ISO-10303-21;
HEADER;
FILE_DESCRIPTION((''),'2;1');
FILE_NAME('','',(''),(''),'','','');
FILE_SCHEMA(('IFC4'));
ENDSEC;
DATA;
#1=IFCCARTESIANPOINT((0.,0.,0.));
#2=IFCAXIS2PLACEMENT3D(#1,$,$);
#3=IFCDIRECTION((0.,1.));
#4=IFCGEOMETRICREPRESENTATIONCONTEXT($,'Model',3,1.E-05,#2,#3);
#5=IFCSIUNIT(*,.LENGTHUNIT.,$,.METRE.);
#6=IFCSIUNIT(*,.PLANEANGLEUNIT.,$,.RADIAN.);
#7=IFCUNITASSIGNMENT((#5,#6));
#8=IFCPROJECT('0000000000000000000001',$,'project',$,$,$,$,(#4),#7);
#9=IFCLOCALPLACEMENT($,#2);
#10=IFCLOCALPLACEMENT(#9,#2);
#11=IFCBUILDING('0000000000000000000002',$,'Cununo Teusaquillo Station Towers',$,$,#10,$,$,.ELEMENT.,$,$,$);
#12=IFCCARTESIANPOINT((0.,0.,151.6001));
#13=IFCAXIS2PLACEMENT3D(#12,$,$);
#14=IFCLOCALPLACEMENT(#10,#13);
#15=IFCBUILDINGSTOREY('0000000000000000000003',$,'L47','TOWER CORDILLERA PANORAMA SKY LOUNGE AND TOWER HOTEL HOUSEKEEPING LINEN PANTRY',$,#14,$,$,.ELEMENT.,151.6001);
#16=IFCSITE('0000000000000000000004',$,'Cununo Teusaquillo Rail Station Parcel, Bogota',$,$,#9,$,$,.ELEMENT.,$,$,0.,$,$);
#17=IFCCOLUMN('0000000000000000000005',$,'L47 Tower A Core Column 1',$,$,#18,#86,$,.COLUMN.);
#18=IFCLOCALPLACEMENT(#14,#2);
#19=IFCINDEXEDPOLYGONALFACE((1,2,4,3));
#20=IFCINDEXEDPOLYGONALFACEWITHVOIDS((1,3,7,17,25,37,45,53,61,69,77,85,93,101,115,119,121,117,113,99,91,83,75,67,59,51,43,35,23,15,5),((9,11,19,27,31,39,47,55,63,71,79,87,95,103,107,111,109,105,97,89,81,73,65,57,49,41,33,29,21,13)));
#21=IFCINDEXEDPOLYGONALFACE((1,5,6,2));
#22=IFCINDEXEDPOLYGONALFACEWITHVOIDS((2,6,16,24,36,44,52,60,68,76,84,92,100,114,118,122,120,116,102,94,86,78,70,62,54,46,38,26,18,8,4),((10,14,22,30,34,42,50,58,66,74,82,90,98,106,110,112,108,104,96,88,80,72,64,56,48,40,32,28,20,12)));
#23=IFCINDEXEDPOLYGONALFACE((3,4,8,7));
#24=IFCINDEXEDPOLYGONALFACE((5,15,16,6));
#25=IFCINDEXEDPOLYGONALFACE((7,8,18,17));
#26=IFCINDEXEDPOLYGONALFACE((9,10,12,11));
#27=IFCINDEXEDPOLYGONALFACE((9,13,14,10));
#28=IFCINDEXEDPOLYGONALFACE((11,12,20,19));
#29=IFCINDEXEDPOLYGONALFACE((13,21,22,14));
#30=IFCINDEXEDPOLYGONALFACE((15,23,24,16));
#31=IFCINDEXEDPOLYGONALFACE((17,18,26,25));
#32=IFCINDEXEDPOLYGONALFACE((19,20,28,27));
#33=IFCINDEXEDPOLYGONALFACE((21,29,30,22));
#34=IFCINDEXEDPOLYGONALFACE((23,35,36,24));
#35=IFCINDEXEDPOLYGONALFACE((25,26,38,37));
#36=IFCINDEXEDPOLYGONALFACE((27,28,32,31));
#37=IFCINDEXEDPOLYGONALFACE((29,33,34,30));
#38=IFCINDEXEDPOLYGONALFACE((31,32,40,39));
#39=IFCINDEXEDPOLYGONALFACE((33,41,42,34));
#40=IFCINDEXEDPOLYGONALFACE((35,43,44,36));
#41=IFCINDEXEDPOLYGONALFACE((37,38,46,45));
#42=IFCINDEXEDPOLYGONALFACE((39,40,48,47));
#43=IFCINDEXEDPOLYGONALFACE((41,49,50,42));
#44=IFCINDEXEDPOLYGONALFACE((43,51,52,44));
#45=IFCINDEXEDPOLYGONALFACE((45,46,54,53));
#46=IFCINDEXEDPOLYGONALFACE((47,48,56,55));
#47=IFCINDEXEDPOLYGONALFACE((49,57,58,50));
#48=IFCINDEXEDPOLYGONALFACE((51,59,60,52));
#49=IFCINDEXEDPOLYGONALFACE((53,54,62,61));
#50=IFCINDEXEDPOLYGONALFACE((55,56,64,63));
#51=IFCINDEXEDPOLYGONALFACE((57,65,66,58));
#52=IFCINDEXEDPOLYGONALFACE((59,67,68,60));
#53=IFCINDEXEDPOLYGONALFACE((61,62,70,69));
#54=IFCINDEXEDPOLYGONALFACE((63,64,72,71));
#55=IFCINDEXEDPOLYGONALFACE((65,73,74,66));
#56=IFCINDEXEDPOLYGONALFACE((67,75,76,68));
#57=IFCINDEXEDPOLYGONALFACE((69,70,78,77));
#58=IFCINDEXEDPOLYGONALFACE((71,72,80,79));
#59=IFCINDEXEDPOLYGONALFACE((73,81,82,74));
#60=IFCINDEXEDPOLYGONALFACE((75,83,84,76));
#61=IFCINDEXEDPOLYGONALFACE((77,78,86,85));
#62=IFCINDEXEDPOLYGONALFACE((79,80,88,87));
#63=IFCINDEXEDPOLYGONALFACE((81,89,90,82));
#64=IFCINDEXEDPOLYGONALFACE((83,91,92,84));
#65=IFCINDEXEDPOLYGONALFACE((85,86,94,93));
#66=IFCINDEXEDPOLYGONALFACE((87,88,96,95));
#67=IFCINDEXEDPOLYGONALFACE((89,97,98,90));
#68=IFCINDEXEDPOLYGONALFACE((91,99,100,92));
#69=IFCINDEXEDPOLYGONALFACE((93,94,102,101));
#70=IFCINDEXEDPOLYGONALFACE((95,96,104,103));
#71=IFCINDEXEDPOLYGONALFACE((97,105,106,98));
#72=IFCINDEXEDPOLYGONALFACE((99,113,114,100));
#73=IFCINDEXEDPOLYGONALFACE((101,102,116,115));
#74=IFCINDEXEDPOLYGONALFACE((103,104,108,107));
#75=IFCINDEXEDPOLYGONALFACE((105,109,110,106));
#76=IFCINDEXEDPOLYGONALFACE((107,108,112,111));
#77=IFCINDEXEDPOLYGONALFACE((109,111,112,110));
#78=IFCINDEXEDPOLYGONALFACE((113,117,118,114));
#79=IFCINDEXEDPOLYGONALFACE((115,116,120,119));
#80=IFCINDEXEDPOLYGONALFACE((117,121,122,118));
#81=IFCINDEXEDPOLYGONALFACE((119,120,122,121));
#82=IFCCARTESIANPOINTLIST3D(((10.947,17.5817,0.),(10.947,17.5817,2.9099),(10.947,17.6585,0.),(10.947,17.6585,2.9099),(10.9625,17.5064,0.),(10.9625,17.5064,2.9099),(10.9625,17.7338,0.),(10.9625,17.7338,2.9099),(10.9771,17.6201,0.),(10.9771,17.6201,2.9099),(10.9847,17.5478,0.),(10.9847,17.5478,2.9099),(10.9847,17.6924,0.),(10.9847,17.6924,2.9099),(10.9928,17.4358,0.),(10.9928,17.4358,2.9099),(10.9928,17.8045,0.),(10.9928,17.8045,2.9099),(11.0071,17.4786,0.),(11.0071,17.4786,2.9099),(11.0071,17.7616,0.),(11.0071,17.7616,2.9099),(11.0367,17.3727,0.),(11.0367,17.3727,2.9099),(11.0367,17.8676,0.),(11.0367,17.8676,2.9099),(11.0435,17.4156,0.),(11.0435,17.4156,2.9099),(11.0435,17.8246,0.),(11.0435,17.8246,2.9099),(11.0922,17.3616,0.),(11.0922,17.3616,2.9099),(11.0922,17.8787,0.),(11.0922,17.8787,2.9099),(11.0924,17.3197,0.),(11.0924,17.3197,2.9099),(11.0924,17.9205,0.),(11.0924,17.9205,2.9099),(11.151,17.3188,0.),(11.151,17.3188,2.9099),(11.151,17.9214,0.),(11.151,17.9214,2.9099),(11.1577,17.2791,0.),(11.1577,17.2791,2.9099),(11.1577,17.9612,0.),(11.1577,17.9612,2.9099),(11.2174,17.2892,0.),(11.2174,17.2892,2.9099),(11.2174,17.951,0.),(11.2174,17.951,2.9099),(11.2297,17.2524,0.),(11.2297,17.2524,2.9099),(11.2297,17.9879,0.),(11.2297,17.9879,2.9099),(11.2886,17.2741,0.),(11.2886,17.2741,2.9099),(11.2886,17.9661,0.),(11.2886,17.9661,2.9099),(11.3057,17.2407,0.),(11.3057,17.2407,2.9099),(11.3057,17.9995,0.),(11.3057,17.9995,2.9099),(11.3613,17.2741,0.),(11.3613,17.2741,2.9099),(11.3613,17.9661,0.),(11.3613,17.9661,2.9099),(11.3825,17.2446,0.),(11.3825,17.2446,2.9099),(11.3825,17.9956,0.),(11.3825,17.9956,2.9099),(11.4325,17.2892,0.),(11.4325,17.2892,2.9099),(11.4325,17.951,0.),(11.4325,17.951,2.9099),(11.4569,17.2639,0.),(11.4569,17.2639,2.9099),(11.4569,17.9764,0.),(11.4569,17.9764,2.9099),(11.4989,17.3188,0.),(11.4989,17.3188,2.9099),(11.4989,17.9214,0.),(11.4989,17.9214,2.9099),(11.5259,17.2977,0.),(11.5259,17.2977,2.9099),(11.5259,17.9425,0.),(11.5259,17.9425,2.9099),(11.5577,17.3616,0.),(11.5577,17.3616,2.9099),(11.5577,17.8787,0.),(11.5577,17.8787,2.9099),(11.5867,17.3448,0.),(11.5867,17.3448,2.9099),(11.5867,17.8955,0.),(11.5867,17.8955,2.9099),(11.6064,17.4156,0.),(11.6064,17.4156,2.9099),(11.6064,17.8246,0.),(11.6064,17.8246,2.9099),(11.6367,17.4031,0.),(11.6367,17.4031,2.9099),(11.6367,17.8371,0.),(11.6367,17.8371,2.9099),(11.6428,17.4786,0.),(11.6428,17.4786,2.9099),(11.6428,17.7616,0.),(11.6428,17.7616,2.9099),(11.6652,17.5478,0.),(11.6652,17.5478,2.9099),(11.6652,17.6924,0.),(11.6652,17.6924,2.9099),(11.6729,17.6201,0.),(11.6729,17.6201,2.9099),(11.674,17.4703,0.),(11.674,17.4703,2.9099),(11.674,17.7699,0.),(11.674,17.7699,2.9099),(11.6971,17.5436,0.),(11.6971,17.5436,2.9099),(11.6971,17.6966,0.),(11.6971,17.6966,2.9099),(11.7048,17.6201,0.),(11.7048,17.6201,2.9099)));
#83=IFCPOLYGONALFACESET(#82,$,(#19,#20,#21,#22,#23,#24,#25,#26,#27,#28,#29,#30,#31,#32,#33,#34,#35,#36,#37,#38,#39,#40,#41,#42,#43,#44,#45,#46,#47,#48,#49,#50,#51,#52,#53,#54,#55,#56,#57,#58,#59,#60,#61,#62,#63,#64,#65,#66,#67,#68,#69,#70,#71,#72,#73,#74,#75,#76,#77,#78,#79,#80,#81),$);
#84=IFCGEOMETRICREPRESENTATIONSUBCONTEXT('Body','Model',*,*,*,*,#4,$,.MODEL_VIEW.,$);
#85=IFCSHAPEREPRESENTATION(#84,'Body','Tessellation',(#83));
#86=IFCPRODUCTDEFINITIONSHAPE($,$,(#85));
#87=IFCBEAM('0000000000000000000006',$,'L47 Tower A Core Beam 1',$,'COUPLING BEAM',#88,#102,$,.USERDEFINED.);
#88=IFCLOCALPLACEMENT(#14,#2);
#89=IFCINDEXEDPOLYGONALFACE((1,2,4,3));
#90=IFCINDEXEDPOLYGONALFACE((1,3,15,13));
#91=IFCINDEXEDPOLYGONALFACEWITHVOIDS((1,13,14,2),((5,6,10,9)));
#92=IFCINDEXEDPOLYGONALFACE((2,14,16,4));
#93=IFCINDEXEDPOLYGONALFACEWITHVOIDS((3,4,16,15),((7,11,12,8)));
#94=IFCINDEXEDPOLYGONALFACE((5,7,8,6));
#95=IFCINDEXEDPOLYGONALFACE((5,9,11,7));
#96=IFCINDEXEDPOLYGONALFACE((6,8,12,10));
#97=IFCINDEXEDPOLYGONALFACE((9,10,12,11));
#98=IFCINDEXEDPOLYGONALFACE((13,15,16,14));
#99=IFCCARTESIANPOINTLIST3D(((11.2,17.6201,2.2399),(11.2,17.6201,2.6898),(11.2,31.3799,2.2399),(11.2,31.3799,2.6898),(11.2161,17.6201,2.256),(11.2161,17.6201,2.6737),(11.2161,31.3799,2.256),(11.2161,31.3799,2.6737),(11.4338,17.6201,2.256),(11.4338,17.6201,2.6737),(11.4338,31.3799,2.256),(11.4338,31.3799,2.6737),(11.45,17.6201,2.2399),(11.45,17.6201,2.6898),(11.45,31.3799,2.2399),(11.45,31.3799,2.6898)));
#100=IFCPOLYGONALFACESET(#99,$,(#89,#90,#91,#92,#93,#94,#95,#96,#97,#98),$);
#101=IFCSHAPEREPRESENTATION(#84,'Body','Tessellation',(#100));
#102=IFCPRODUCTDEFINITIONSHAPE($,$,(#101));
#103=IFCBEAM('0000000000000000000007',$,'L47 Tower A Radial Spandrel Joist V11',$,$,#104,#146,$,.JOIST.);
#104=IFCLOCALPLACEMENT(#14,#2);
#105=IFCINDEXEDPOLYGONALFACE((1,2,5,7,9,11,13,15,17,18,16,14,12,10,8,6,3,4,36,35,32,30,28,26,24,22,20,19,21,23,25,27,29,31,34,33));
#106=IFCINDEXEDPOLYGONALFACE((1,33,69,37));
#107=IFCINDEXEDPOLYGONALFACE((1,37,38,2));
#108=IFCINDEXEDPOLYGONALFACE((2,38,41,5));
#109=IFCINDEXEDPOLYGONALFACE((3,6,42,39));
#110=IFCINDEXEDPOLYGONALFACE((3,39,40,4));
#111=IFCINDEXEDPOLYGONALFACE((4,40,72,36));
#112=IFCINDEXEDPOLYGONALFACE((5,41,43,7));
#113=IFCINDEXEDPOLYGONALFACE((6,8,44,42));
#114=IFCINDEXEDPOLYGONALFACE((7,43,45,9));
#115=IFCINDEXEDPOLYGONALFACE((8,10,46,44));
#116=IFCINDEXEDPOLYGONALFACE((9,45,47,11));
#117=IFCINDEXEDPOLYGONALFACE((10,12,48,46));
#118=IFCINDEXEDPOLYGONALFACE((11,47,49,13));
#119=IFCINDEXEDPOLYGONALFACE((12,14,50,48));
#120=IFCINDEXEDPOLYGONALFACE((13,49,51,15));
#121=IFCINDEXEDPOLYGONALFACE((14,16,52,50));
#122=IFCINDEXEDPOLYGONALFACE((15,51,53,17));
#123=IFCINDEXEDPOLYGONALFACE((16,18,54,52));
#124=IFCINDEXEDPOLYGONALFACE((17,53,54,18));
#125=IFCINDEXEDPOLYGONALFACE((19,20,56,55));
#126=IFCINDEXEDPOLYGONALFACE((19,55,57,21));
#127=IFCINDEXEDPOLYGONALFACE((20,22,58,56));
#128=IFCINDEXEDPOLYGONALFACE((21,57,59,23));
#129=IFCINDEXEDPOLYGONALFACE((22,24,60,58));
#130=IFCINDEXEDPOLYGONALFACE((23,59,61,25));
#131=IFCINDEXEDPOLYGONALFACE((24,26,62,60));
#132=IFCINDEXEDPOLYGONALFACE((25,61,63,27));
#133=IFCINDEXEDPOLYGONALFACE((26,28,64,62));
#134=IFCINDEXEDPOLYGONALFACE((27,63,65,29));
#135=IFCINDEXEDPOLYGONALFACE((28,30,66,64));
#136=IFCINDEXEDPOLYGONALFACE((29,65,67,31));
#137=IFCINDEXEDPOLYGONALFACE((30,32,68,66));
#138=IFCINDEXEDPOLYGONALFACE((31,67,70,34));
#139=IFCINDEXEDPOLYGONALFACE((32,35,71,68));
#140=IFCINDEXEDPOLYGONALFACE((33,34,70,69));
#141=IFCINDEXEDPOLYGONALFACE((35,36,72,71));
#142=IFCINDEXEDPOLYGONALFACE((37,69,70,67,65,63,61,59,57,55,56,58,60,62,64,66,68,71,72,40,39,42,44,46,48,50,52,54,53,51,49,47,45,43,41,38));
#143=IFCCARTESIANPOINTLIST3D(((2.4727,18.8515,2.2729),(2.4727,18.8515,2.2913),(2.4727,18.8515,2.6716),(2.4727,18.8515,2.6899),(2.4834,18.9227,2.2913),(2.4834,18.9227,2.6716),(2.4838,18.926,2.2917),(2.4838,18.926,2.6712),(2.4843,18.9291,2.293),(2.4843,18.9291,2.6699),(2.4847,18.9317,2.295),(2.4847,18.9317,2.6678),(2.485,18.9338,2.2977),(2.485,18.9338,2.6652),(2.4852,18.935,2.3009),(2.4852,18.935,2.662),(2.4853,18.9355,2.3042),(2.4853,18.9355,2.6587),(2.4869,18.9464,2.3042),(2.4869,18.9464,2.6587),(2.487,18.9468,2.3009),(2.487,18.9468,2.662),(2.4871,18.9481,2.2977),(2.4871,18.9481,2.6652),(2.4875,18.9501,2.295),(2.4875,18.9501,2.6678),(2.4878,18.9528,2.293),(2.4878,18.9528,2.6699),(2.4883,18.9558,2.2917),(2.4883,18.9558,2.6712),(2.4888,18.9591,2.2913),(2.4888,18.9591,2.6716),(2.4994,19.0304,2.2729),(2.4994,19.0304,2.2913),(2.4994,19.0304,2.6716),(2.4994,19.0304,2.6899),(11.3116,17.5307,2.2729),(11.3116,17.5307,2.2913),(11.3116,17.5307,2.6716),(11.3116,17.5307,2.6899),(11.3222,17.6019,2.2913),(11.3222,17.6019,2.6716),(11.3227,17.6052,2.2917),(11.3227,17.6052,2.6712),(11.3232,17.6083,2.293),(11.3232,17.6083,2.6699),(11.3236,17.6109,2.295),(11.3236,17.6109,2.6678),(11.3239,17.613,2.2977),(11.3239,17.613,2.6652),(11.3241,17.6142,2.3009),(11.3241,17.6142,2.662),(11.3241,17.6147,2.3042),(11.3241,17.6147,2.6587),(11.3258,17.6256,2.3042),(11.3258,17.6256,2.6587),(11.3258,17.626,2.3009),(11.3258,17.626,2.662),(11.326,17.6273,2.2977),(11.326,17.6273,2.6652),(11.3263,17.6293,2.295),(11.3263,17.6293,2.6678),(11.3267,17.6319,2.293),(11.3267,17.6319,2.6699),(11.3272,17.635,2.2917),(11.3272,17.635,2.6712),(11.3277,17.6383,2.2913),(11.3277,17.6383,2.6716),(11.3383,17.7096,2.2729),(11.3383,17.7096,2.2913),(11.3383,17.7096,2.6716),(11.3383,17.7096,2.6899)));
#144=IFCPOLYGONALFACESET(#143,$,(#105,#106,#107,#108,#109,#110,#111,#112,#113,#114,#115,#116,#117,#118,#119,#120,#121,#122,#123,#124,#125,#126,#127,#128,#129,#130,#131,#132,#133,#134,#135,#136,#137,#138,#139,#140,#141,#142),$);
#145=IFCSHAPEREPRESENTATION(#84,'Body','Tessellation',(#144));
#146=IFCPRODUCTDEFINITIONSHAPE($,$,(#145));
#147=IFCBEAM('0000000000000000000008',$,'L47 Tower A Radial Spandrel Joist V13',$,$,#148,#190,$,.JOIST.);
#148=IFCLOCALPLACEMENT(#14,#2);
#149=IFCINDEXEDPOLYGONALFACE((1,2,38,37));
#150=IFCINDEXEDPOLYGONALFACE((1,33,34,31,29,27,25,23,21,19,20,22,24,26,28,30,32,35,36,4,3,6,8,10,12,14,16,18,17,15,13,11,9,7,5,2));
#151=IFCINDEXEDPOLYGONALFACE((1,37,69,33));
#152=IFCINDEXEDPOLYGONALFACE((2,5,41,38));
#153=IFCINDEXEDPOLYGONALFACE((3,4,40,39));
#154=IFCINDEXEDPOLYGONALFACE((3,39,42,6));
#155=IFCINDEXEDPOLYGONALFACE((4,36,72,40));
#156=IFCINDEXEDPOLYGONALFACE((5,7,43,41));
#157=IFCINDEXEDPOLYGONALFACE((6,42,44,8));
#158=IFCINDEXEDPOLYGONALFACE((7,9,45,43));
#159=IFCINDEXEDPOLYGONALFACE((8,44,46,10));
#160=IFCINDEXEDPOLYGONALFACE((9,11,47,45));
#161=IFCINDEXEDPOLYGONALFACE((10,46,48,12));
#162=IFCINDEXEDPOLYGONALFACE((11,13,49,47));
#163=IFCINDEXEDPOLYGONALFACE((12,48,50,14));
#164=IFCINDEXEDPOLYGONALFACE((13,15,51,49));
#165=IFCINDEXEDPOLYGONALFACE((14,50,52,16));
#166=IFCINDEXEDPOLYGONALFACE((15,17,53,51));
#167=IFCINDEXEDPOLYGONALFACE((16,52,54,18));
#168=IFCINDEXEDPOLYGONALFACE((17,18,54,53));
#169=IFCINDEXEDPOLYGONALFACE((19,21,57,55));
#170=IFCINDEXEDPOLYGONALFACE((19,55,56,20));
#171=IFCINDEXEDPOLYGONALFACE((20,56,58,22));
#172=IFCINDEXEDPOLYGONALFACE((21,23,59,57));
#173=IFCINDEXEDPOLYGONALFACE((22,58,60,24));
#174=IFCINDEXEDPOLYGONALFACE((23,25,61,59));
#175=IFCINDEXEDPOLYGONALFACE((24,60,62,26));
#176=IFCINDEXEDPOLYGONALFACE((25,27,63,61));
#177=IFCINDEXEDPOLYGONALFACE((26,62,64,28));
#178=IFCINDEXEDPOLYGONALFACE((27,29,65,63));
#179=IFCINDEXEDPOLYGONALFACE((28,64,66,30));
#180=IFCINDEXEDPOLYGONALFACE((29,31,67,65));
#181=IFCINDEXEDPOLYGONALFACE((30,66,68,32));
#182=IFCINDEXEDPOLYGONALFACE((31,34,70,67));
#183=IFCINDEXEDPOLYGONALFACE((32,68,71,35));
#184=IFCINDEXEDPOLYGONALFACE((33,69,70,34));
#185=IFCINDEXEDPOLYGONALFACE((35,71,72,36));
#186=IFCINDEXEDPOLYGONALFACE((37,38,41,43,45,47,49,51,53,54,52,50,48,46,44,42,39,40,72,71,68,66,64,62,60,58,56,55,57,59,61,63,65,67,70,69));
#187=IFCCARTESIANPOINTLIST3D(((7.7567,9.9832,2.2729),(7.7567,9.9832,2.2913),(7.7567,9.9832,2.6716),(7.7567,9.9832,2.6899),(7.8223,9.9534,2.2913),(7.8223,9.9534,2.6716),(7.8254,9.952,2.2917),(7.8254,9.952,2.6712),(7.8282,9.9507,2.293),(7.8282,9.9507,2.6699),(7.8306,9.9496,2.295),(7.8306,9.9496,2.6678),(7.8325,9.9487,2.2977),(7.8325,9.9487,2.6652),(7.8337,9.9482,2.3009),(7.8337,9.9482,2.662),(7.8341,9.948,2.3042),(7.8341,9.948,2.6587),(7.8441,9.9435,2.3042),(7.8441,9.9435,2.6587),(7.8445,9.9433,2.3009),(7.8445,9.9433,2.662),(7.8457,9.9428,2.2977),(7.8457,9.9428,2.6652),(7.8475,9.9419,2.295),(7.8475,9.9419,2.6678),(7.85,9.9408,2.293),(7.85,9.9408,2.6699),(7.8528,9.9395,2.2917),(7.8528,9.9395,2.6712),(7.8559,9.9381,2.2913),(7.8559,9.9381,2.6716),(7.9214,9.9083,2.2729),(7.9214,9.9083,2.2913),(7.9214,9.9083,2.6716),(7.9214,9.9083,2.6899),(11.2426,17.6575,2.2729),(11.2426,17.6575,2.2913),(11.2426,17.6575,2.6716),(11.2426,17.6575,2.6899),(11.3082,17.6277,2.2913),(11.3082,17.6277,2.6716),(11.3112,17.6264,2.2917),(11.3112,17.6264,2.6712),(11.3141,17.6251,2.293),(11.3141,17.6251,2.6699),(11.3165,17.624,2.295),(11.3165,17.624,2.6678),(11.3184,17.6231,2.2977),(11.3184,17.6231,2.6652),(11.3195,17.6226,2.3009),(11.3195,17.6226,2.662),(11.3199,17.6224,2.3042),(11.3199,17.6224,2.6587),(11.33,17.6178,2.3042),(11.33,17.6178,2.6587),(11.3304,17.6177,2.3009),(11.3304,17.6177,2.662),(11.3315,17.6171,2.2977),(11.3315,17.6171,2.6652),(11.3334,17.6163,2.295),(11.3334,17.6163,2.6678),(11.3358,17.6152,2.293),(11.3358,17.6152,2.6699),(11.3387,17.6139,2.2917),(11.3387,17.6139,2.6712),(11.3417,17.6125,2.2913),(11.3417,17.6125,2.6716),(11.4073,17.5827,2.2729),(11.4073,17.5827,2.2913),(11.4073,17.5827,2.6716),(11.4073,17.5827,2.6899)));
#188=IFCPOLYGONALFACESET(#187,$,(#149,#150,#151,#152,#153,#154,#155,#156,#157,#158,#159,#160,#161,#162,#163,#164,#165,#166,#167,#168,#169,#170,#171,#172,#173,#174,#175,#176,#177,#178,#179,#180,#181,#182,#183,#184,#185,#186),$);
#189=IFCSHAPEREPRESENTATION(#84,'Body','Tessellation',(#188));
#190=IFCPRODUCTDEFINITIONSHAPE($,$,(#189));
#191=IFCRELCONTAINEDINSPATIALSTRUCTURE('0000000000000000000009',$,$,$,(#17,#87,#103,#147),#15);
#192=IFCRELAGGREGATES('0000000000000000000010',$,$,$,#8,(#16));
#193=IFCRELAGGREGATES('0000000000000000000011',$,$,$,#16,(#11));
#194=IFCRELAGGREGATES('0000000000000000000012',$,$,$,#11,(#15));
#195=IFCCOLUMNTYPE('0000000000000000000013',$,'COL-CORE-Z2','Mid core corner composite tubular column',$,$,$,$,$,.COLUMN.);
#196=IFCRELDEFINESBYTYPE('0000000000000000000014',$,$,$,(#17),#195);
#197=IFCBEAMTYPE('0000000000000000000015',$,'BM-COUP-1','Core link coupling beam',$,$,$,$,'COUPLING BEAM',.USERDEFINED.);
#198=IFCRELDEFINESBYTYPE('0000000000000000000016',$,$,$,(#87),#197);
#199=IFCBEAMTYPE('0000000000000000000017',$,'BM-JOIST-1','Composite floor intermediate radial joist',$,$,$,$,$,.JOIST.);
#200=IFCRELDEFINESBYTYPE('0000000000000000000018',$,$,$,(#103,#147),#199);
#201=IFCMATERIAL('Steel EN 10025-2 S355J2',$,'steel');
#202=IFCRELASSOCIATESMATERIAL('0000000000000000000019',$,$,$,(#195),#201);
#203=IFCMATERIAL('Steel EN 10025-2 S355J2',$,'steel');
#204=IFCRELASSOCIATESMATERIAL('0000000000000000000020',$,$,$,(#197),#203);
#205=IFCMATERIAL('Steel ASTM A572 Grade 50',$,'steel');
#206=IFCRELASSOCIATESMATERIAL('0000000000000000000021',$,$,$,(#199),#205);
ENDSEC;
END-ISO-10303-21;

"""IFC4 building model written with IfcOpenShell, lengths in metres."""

from ifc_helpers import new_model, si_unit, direction, frame, origin, origin_2d, place, context, subcontext, project, spatial, hollow_rectangle, hollow_circle, i_section, extrude, material, material_profile, profile_set, type_object, element, save


model = new_model("IFC4")

# Units and contexts
model_context = context("Model", 3, precision=1e-05, world=origin(), true_north=direction((0.0, 1.0)))
body_context = subcontext(model_context, "Body", "Model", "MODEL_VIEW")
ifc_project = project(units=[si_unit("LENGTHUNIT", "METRE"), si_unit("PLANEANGLEUNIT", "RADIAN")], contexts=[model_context])

# Site, building, storey
site_placement = place(None, origin())
site = spatial("IfcSite", under=ifc_project, at=site_placement, Name="Cununo Teusaquillo Rail Station Parcel, Bogota", CompositionType="ELEMENT", RefElevation=0.0)
building_placement = place(site_placement, origin())
building = spatial("IfcBuilding", under=site, at=building_placement, Name="Cununo Teusaquillo Station Towers", CompositionType="ELEMENT")
storey_placement = place(building_placement, frame((0.0, 0.0, 151.6001)))
storey = spatial("IfcBuildingStorey", under=building, at=storey_placement, Name="L47", Description="TOWER CORDILLERA PANORAMA SKY LOUNGE AND TOWER HOTEL HOUSEKEEPING LINEN PANTRY", CompositionType="ELEMENT", Elevation=151.6001)

# Column
ifc_material_1 = material(Name="Steel EN 10025-2 S355J2", Category="steel")
ifc_material_profile_1 = material_profile(ifc_material_1, hollow_circle(Radius=0.3799, WallThickness=0.032, at=origin_2d()), Name="CHS 760x32")
ifc_profile_set_1 = profile_set([ifc_material_profile_1], Name="Steel EN 10025-2 S355J2")
column_type = type_object("IfcColumnType", Name="COL-CORE-Z2", Description="Mid core corner composite tubular column", PredefinedType="COLUMN", material=ifc_profile_set_1)
column_placement = place(storey_placement, frame((11.325, 17.6201, 0.0), z_axis=(0.0, 0.0, 1.0), x_axis=(1.0, 0.0, 0.0)))
element("IfcColumn", 1, at=column_placement, inside=storey, type_object=column_type, Name="L47 Tower A Core Column 1", PredefinedType="COLUMN", context=body_context, shape_type="SweptSolid", body=[
    extrude(hollow_circle(Radius=0.3799, WallThickness=0.032, at=origin_2d()), origin(), (0.0, 0.0, 1.0), 2.9099),
])

# Beams
ifc_material_2 = material(Name="Steel EN 10025-2 S355J2", Category="steel")
ifc_material_profile_2 = material_profile(ifc_material_2, hollow_rectangle(XDim=0.25, YDim=0.45, WallThickness=0.0161, at=origin_2d()), Name="RHS 450x250x16")
ifc_profile_set_2 = profile_set([ifc_material_profile_2], Name="Steel EN 10025-2 S355J2")
beam_type_1 = type_object("IfcBeamType", Name="BM-COUP-1", Description="Core link coupling beam", ElementType="COUPLING BEAM", PredefinedType="USERDEFINED", material=ifc_profile_set_2)
beam_1_placement = place(storey_placement, frame((11.325, 17.6201, 2.4648), z_axis=(0.0, 1.0, 0.0), x_axis=(-1.0, 0.0, 0.0)))
element("IfcBeam", 2, at=beam_1_placement, inside=storey, type_object=beam_type_1, Name="L47 Tower A Core Beam 1", ObjectType="COUPLING BEAM", PredefinedType="USERDEFINED", context=body_context, shape_type="SweptSolid", body=[
    extrude(hollow_rectangle(XDim=0.25, YDim=0.45, WallThickness=0.0161, at=origin_2d()), origin(), (0.0, 0.0, 1.0), 13.7598),
])
ifc_material_3 = material(Name="Steel ASTM A572 Grade 50", Category="steel")
ifc_material_profile_3 = material_profile(ifc_material_3, i_section(OverallWidth=0.1809, OverallDepth=0.417, WebThickness=0.011, FlangeThickness=0.0183, FilletRadius=0.0129, at=origin_2d()), Name="W16X57")
ifc_profile_set_3 = profile_set([ifc_material_profile_3], Name="Steel ASTM A572 Grade 50")
beam_type_2 = type_object("IfcBeamType", Name="BM-JOIST-1", Description="Composite floor intermediate radial joist", PredefinedType="JOIST", material=ifc_profile_set_3)
beam_2_placement = place(storey_placement, frame((11.325, 17.6201, 2.4814), z_axis=(-0.989019, 0.14779, 0.0), x_axis=(-0.14779, -0.989019, 0.0)))
element("IfcBeam", 3, at=beam_2_placement, inside=storey, type_object=beam_type_2, Name="L47 Tower A Radial Spandrel Joist V11", PredefinedType="JOIST", context=body_context, shape_type="SweptSolid", body=[
    extrude(i_section(OverallWidth=0.1809, OverallDepth=0.417, WebThickness=0.011, FlangeThickness=0.0183, FilletRadius=0.0129, at=origin_2d()), origin(), (0.0, 0.0, 1.0), 8.937),
])
beam_3_placement = place(storey_placement, frame((11.325, 17.6201, 2.4814), z_axis=(-0.413559, -0.910478, 0.0), x_axis=(0.910478, -0.413559, 0.0)))
element("IfcBeam", 4, at=beam_3_placement, inside=storey, type_object=beam_type_2, Name="L47 Tower A Radial Spandrel Joist V13", PredefinedType="JOIST", context=body_context, shape_type="SweptSolid", body=[
    extrude(i_section(OverallWidth=0.1809, OverallDepth=0.417, WebThickness=0.011, FlangeThickness=0.0183, FilletRadius=0.0129, at=origin_2d()), origin(), (0.0, 0.0, 1.0), 8.429),
])

save(model, "model.ifc")
